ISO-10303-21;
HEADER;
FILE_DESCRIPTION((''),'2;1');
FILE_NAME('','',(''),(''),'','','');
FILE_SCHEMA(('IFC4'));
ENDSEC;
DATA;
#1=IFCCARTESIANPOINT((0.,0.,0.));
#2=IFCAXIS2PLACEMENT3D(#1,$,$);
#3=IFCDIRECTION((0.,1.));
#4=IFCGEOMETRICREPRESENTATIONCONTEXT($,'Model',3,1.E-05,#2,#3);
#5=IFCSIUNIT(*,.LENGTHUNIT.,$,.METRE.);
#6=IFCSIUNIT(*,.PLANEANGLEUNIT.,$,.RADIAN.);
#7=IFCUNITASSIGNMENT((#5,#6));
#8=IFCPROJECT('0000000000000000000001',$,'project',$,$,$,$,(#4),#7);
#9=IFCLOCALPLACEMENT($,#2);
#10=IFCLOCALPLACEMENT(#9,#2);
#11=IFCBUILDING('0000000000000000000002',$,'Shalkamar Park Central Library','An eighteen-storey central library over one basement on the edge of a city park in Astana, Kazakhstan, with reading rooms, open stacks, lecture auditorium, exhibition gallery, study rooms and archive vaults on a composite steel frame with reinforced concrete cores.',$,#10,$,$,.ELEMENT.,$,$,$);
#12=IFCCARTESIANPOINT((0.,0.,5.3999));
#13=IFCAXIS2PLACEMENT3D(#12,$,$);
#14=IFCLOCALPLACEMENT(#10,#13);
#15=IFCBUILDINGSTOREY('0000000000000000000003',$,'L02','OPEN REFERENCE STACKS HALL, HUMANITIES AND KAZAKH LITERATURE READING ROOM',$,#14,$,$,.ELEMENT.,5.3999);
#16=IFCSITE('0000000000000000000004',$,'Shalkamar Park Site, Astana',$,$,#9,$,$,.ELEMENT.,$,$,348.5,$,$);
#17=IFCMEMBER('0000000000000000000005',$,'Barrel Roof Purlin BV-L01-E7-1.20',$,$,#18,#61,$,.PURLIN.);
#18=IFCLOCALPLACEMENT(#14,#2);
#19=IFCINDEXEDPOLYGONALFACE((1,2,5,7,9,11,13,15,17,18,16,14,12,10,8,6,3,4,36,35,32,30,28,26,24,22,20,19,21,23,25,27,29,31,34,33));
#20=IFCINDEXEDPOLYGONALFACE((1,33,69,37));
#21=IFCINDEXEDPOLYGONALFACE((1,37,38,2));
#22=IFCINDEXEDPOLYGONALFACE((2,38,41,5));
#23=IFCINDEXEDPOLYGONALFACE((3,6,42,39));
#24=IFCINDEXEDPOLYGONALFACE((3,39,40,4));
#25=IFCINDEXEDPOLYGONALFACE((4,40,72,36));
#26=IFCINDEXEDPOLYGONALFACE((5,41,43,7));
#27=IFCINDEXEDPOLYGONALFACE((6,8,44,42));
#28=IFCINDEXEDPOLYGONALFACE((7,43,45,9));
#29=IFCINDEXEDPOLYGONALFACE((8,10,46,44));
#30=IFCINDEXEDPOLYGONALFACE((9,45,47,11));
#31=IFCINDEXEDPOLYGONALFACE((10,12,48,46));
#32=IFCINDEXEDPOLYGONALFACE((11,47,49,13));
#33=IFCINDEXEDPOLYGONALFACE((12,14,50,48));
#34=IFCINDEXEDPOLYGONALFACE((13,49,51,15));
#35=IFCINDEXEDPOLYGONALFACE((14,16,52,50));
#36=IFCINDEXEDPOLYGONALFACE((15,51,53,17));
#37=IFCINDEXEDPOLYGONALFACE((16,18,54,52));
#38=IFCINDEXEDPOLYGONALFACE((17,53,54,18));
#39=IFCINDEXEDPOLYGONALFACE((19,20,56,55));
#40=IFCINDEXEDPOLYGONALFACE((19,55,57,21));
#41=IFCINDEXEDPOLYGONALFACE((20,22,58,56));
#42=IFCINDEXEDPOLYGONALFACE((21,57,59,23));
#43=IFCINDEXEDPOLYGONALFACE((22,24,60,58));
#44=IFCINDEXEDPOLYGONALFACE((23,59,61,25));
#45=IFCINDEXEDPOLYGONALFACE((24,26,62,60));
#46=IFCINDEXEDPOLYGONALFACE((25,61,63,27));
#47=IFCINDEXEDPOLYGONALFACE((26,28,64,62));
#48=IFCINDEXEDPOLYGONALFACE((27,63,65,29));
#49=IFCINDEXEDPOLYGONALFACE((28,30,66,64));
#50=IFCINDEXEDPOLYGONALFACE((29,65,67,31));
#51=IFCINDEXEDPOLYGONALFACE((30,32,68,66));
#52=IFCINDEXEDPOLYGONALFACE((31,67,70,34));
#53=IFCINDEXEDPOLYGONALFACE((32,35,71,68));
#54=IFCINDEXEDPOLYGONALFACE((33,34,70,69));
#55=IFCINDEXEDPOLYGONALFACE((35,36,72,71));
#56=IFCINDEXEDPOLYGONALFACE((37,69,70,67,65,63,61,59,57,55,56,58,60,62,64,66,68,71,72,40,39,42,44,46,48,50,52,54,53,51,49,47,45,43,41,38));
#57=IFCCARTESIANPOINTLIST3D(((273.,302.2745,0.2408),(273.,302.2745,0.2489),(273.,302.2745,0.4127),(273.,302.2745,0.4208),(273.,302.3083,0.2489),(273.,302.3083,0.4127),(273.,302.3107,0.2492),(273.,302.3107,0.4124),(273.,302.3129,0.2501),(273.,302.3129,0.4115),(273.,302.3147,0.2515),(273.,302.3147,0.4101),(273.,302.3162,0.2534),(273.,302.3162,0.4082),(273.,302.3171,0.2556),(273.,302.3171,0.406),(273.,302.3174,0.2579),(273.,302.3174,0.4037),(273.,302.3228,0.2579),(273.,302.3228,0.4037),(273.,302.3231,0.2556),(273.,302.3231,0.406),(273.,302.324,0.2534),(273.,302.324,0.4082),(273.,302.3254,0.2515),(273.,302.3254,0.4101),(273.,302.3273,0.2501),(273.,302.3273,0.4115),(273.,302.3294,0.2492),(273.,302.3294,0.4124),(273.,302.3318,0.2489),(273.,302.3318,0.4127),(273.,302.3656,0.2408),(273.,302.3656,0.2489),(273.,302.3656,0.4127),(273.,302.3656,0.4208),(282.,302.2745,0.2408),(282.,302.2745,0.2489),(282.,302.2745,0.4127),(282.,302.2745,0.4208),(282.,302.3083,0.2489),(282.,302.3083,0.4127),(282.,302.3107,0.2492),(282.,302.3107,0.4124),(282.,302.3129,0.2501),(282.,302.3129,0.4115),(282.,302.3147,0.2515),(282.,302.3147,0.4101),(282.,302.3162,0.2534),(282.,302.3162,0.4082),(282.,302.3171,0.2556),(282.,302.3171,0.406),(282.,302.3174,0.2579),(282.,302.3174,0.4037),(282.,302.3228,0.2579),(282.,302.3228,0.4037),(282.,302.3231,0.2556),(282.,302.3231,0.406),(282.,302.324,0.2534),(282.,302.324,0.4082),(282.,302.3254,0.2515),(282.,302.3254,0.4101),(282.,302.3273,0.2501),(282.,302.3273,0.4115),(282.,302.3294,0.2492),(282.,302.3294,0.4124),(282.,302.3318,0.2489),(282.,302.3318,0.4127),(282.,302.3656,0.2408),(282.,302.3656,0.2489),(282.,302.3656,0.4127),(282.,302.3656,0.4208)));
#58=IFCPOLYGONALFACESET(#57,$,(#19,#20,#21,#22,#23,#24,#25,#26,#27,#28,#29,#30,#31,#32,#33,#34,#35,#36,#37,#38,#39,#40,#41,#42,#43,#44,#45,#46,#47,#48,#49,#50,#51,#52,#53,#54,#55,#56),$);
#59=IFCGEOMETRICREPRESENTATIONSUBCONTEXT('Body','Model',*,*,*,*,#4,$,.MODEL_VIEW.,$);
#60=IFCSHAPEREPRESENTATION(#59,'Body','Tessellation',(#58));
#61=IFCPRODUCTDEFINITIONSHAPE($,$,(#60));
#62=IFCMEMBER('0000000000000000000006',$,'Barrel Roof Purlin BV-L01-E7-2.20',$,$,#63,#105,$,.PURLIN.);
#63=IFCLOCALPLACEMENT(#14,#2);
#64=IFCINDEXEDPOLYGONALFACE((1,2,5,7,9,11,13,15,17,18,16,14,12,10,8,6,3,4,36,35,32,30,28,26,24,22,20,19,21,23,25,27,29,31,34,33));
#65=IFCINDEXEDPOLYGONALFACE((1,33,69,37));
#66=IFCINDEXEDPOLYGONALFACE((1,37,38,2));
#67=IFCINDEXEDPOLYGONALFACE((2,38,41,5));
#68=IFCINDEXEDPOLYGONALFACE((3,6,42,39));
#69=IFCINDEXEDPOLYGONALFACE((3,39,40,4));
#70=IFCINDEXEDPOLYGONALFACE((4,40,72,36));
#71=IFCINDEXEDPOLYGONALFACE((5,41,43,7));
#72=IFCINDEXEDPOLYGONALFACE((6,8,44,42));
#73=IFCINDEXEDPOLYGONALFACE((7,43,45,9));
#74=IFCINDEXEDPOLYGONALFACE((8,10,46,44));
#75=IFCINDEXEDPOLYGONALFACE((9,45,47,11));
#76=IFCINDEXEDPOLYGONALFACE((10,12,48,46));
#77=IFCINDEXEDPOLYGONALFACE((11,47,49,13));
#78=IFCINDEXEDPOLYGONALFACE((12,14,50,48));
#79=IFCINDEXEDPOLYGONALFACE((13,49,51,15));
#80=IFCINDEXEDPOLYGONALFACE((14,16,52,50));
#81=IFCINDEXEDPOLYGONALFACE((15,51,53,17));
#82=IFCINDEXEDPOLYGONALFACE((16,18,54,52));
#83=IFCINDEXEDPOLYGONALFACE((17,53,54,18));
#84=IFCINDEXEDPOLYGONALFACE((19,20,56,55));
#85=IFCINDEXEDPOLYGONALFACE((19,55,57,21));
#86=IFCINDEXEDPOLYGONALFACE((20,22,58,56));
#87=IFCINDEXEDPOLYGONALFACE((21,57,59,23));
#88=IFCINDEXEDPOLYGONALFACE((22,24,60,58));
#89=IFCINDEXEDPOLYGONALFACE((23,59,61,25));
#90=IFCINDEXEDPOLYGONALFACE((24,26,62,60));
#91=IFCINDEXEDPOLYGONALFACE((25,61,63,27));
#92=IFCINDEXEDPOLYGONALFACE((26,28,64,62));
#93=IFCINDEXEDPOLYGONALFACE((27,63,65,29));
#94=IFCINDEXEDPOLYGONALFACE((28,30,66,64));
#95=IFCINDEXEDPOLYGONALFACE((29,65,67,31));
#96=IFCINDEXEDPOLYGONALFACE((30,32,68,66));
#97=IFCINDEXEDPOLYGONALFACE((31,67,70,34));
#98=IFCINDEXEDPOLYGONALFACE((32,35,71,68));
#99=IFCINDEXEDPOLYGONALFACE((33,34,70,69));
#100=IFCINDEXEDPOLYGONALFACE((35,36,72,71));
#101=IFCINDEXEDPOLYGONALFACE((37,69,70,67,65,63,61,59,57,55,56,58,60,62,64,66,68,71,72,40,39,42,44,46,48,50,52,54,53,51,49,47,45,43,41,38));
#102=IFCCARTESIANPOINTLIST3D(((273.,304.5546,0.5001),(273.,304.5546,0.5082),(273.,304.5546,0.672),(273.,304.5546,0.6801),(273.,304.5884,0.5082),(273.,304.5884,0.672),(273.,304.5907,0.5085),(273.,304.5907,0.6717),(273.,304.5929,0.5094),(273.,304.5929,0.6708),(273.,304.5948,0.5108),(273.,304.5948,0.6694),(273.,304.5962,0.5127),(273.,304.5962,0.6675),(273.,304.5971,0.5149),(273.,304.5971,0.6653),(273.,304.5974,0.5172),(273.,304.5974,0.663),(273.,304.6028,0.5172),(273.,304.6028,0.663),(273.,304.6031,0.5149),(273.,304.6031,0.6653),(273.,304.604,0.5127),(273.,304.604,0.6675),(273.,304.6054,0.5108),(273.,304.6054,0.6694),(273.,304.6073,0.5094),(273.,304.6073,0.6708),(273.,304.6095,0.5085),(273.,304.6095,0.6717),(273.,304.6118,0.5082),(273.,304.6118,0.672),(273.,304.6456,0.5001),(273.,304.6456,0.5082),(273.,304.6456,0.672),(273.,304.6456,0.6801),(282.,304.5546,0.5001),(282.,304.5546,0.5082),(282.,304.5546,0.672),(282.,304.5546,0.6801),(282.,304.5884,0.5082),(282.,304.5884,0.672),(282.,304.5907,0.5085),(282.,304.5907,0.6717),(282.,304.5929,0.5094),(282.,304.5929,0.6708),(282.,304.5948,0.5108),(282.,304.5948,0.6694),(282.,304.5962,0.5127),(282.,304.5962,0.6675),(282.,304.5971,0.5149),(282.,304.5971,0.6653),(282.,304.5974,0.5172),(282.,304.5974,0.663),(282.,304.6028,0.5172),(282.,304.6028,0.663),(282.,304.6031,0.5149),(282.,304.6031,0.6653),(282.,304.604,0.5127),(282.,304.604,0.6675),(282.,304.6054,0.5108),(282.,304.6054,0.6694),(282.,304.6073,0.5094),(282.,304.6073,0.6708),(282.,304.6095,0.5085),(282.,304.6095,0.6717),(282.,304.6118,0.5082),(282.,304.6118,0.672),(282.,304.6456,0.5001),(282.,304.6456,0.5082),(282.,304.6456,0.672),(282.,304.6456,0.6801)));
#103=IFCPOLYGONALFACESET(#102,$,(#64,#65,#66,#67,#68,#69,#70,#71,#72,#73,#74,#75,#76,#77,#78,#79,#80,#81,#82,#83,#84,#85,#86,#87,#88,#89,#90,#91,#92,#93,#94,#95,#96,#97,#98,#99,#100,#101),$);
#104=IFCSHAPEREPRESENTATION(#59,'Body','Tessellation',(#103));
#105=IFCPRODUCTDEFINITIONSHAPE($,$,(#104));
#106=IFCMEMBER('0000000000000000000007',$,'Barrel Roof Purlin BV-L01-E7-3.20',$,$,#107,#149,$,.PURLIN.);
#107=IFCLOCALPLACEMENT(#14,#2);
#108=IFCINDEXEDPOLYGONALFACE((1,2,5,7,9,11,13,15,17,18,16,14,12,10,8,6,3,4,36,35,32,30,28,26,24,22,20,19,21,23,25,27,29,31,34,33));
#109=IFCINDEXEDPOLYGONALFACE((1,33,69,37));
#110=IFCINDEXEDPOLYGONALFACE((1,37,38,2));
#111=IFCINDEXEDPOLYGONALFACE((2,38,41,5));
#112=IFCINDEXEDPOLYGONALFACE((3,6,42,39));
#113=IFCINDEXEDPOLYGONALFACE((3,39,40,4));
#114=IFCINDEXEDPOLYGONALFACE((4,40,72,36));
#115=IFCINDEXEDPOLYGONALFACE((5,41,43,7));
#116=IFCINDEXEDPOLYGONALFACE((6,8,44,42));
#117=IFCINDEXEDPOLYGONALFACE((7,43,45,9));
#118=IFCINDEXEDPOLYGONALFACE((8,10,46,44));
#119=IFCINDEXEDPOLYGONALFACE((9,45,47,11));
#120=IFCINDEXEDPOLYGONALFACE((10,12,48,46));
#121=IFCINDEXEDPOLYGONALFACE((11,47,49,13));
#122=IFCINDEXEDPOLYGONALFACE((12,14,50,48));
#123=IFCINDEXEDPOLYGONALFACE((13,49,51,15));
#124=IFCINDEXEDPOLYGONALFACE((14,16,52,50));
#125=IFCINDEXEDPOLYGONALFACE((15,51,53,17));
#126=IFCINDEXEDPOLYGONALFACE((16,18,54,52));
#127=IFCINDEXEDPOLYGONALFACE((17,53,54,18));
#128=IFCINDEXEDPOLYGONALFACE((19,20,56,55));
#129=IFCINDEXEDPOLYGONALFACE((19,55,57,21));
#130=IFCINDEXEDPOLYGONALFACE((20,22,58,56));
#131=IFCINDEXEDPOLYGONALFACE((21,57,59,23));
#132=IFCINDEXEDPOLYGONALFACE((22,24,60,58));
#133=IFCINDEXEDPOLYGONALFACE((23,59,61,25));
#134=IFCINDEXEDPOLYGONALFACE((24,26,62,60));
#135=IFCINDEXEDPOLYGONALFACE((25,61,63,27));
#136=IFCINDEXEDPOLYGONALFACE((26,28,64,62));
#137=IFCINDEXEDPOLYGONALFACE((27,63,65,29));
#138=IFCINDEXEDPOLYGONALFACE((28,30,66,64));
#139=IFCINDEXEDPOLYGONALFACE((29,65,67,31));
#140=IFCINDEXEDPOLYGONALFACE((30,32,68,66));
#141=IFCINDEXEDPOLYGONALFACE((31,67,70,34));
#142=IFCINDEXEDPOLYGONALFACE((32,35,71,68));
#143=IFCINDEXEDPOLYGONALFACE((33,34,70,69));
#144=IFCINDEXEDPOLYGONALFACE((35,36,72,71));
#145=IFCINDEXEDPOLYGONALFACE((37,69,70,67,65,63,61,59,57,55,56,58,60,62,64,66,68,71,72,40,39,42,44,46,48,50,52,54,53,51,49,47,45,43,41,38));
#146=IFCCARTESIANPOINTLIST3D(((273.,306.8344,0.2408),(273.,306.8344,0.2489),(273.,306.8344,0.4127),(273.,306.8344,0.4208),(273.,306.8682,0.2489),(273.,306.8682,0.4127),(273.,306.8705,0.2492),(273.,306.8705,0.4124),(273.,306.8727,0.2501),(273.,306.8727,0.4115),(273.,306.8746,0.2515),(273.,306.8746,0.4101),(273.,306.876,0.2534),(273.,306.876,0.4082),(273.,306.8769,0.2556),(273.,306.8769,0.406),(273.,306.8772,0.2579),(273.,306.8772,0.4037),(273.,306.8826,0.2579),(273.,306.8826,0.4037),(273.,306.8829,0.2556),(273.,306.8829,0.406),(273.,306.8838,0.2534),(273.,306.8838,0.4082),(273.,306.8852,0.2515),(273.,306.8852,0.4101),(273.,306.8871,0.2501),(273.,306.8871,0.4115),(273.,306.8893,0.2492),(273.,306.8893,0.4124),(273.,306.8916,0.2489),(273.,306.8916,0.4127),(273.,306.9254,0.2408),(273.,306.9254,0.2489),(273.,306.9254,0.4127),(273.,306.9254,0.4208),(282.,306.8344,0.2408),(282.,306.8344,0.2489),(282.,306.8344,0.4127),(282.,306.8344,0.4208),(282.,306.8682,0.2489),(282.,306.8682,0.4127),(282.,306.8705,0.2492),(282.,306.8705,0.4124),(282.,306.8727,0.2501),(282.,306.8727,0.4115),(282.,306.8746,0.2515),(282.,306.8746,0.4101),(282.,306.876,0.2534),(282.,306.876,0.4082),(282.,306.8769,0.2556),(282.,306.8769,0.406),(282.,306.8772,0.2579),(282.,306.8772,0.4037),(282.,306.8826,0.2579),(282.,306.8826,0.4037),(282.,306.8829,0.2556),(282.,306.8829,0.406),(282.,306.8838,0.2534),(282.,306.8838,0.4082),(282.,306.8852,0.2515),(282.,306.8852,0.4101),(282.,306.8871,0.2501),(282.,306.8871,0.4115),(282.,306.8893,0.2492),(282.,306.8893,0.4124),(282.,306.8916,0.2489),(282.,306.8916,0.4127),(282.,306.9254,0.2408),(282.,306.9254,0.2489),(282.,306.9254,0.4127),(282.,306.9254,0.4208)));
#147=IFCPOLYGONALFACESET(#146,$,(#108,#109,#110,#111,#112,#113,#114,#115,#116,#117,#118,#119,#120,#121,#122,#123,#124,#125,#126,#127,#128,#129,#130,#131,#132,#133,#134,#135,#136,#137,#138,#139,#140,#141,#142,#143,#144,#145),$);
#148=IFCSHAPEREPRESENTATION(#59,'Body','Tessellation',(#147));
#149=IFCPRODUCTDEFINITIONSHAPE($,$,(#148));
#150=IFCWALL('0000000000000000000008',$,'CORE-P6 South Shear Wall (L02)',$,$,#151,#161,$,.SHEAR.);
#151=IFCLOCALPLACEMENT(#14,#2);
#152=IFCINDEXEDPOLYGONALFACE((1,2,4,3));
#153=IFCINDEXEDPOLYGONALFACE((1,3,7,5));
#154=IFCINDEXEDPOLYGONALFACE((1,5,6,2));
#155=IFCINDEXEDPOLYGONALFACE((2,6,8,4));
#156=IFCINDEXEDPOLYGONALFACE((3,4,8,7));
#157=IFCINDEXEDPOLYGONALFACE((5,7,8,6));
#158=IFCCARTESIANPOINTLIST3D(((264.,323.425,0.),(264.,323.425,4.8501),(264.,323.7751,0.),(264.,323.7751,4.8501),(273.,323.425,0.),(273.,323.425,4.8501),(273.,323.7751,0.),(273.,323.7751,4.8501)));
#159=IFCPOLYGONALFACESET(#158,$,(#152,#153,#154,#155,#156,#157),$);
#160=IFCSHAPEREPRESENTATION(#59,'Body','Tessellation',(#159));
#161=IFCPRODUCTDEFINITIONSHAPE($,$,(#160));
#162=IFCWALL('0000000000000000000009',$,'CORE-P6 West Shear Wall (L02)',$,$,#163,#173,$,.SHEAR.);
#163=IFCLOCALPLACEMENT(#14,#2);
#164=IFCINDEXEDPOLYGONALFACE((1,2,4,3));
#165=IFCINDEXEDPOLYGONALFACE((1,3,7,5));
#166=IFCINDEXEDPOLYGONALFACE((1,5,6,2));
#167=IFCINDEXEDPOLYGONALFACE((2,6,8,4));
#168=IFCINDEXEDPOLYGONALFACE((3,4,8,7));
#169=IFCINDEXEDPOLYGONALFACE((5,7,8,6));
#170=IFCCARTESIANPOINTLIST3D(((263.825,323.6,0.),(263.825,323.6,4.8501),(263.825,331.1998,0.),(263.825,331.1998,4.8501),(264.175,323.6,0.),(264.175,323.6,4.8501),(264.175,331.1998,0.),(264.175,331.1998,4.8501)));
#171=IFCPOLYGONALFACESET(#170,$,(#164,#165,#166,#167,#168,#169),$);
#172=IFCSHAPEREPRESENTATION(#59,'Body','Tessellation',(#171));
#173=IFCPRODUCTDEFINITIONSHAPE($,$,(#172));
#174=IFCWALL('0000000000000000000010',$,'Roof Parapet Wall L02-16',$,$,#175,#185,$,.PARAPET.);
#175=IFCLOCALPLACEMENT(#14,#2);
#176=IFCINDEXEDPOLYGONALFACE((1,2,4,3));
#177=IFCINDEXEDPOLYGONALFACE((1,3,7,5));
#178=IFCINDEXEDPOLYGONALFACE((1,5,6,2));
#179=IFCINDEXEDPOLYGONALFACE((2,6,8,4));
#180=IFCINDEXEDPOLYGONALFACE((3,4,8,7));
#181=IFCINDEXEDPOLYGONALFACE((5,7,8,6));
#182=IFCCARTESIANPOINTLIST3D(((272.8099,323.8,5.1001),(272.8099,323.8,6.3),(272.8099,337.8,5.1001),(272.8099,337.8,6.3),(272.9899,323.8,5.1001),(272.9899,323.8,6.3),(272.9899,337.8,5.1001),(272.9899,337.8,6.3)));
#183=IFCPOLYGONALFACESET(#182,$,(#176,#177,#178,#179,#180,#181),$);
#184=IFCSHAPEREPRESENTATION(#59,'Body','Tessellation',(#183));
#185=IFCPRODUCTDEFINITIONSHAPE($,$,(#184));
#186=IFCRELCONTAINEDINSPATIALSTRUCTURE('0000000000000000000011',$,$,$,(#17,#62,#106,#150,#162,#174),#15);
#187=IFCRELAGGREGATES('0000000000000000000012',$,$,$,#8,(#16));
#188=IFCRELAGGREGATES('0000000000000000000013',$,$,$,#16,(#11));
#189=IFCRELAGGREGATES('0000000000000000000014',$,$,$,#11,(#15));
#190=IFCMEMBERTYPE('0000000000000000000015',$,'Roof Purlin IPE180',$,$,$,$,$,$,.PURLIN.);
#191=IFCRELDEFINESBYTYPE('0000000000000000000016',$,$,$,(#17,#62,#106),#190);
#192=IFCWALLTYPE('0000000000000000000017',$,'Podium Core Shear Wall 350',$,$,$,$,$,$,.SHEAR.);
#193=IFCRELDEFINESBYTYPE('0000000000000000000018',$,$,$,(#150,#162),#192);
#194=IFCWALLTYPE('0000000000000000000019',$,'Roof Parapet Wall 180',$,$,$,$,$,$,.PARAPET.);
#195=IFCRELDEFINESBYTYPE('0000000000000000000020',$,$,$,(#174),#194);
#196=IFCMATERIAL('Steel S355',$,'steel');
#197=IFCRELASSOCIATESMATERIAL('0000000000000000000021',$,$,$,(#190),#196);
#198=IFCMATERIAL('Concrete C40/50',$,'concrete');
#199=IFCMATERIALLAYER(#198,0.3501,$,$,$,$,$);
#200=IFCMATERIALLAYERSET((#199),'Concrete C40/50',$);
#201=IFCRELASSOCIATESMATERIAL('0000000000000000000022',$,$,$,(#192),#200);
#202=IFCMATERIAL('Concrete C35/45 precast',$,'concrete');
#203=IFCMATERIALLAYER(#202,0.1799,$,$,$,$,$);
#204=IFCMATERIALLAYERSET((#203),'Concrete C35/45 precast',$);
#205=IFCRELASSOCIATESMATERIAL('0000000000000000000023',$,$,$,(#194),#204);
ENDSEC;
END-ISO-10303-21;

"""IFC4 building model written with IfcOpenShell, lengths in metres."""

from ifc_helpers import new_model, si_unit, direction, frame, frame_2d, origin, origin_2d, place, context, subcontext, project, spatial, rectangle, i_section, extrude, material, layer, layer_set, material_profile, profile_set, type_object, element, save


model = new_model("IFC4")

# Units and contexts
model_context = context("Model", 3, precision=1e-05, world=origin(), true_north=direction((0.0, 1.0)))
body_context = subcontext(model_context, "Body", "Model", "MODEL_VIEW")
ifc_project = project(units=[si_unit("LENGTHUNIT", "METRE"), si_unit("PLANEANGLEUNIT", "RADIAN")], contexts=[model_context])

# Site, building, storey
site_placement = place(None, origin())
site = spatial("IfcSite", under=ifc_project, at=site_placement, Name="Shalkamar Park Site, Astana", CompositionType="ELEMENT", RefElevation=348.5)
building_placement = place(site_placement, origin())
building = spatial("IfcBuilding", under=site, at=building_placement, Name="Shalkamar Park Central Library", Description="An eighteen-storey central library over one basement on the edge of a city park in Astana, Kazakhstan, with reading rooms, open stacks, lecture auditorium, exhibition gallery, study rooms and archive vaults on a composite steel frame with reinforced concrete cores.", CompositionType="ELEMENT")
storey_placement = place(building_placement, frame((0.0, 0.0, 5.3999)))
storey = spatial("IfcBuildingStorey", under=building, at=storey_placement, Name="L02", Description="OPEN REFERENCE STACKS HALL, HUMANITIES AND KAZAKH LITERATURE READING ROOM", CompositionType="ELEMENT", Elevation=5.3999)

# Shared definitions
ifc_material_1 = material(Name="Steel S355", Category="steel")

# Members
ifc_material_profile_1 = material_profile(ifc_material_1, i_section(OverallWidth=0.0911, OverallDepth=0.1799, WebThickness=0.0054, FlangeThickness=0.0081, FilletRadius=0.009, at=origin_2d()), Name="IPE 180")
ifc_profile_set_1 = profile_set([ifc_material_profile_1], Name="Steel S355")
member_type_1 = type_object("IfcMemberType", Name="Roof Purlin IPE180", PredefinedType="PURLIN", material=ifc_profile_set_1)
for number, where, z_axis, x_axis, name in (
    (1, (273.0, 302.3201, 0.3308), (1.0, 0.0, 0.0), (0.0, 1.0, 0.0), "Barrel Roof Purlin BV-L01-E7-1.20"),
    (2, (273.0, 304.6001, 0.5901), (1.0, 0.0, 0.0), (0.0, 1.0, 0.0), "Barrel Roof Purlin BV-L01-E7-2.20"),
    (3, (273.0, 306.8799, 0.3308), (1.0, 0.0, 0.0), (0.0, 1.0, 0.0), "Barrel Roof Purlin BV-L01-E7-3.20"),
):
    element("IfcMember", number, at=place(storey_placement, frame(where, z_axis=z_axis, x_axis=x_axis)), inside=storey, type_object=member_type_1, Name=name, PredefinedType="PURLIN", context=body_context, shape_type="SweptSolid", body=[
        extrude(i_section(OverallWidth=0.0911, OverallDepth=0.1799, WebThickness=0.0054, FlangeThickness=0.0081, FilletRadius=0.009, at=origin_2d()), origin(), (0.0, 0.0, 1.0), 9.0),
    ])

# Walls
ifc_material_2 = material(Name="Concrete C40/50", Category="concrete")
ifc_layer_1 = layer(ifc_material_2, 0.3501)
ifc_layer_set_1 = layer_set([ifc_layer_1], Name="Concrete C40/50")
wall_type_1 = type_object("IfcWallType", Name="Podium Core Shear Wall 350", PredefinedType="SHEAR", material=ifc_layer_set_1)
wall_1_placement = place(storey_placement, frame((264.0, 323.6001, 0.0), z_axis=(0.0, 0.0, 1.0), x_axis=(1.0, 0.0, 0.0)))
element("IfcWall", 4, at=wall_1_placement, inside=storey, type_object=wall_type_1, Name="CORE-P6 South Shear Wall (L02)", PredefinedType="SHEAR", context=body_context, shape_type="SweptSolid", body=[
    extrude(rectangle(XDim=9.0, YDim=0.3501, at=frame_2d((4.5, 0.0))), origin(), (0.0, 0.0, 1.0), 4.8501),
])
wall_2_placement = place(storey_placement, frame((264.0, 323.6001, 0.0), z_axis=(0.0, 0.0, 1.0), x_axis=(0.0, 1.0, 0.0)))
element("IfcWall", 5, at=wall_2_placement, inside=storey, type_object=wall_type_1, Name="CORE-P6 West Shear Wall (L02)", PredefinedType="SHEAR", context=body_context, shape_type="SweptSolid", body=[
    extrude(rectangle(XDim=7.5999, YDim=0.3501, at=frame_2d((3.7998, 0.0))), origin(), (0.0, 0.0, 1.0), 4.8501),
])
ifc_material_3 = material(Name="Concrete C35/45 precast", Category="concrete")
ifc_layer_2 = layer(ifc_material_3, 0.1799)
ifc_layer_set_2 = layer_set([ifc_layer_2], Name="Concrete C35/45 precast")
wall_type_2 = type_object("IfcWallType", Name="Roof Parapet Wall 180", PredefinedType="PARAPET", material=ifc_layer_set_2)
wall_3_placement = place(storey_placement, frame((272.8999, 323.8, 5.1001), z_axis=(0.0, 0.0, 1.0), x_axis=(0.0, 1.0, 0.0)))
element("IfcWall", 6, at=wall_3_placement, inside=storey, type_object=wall_type_2, Name="Roof Parapet Wall L02-16", PredefinedType="PARAPET", context=body_context, shape_type="SweptSolid", body=[
    extrude(rectangle(XDim=14.0, YDim=0.1799, at=frame_2d((7.0, 0.0))), origin(), (0.0, 0.0, 1.0), 1.2),
])

save(model, "model.ifc")
